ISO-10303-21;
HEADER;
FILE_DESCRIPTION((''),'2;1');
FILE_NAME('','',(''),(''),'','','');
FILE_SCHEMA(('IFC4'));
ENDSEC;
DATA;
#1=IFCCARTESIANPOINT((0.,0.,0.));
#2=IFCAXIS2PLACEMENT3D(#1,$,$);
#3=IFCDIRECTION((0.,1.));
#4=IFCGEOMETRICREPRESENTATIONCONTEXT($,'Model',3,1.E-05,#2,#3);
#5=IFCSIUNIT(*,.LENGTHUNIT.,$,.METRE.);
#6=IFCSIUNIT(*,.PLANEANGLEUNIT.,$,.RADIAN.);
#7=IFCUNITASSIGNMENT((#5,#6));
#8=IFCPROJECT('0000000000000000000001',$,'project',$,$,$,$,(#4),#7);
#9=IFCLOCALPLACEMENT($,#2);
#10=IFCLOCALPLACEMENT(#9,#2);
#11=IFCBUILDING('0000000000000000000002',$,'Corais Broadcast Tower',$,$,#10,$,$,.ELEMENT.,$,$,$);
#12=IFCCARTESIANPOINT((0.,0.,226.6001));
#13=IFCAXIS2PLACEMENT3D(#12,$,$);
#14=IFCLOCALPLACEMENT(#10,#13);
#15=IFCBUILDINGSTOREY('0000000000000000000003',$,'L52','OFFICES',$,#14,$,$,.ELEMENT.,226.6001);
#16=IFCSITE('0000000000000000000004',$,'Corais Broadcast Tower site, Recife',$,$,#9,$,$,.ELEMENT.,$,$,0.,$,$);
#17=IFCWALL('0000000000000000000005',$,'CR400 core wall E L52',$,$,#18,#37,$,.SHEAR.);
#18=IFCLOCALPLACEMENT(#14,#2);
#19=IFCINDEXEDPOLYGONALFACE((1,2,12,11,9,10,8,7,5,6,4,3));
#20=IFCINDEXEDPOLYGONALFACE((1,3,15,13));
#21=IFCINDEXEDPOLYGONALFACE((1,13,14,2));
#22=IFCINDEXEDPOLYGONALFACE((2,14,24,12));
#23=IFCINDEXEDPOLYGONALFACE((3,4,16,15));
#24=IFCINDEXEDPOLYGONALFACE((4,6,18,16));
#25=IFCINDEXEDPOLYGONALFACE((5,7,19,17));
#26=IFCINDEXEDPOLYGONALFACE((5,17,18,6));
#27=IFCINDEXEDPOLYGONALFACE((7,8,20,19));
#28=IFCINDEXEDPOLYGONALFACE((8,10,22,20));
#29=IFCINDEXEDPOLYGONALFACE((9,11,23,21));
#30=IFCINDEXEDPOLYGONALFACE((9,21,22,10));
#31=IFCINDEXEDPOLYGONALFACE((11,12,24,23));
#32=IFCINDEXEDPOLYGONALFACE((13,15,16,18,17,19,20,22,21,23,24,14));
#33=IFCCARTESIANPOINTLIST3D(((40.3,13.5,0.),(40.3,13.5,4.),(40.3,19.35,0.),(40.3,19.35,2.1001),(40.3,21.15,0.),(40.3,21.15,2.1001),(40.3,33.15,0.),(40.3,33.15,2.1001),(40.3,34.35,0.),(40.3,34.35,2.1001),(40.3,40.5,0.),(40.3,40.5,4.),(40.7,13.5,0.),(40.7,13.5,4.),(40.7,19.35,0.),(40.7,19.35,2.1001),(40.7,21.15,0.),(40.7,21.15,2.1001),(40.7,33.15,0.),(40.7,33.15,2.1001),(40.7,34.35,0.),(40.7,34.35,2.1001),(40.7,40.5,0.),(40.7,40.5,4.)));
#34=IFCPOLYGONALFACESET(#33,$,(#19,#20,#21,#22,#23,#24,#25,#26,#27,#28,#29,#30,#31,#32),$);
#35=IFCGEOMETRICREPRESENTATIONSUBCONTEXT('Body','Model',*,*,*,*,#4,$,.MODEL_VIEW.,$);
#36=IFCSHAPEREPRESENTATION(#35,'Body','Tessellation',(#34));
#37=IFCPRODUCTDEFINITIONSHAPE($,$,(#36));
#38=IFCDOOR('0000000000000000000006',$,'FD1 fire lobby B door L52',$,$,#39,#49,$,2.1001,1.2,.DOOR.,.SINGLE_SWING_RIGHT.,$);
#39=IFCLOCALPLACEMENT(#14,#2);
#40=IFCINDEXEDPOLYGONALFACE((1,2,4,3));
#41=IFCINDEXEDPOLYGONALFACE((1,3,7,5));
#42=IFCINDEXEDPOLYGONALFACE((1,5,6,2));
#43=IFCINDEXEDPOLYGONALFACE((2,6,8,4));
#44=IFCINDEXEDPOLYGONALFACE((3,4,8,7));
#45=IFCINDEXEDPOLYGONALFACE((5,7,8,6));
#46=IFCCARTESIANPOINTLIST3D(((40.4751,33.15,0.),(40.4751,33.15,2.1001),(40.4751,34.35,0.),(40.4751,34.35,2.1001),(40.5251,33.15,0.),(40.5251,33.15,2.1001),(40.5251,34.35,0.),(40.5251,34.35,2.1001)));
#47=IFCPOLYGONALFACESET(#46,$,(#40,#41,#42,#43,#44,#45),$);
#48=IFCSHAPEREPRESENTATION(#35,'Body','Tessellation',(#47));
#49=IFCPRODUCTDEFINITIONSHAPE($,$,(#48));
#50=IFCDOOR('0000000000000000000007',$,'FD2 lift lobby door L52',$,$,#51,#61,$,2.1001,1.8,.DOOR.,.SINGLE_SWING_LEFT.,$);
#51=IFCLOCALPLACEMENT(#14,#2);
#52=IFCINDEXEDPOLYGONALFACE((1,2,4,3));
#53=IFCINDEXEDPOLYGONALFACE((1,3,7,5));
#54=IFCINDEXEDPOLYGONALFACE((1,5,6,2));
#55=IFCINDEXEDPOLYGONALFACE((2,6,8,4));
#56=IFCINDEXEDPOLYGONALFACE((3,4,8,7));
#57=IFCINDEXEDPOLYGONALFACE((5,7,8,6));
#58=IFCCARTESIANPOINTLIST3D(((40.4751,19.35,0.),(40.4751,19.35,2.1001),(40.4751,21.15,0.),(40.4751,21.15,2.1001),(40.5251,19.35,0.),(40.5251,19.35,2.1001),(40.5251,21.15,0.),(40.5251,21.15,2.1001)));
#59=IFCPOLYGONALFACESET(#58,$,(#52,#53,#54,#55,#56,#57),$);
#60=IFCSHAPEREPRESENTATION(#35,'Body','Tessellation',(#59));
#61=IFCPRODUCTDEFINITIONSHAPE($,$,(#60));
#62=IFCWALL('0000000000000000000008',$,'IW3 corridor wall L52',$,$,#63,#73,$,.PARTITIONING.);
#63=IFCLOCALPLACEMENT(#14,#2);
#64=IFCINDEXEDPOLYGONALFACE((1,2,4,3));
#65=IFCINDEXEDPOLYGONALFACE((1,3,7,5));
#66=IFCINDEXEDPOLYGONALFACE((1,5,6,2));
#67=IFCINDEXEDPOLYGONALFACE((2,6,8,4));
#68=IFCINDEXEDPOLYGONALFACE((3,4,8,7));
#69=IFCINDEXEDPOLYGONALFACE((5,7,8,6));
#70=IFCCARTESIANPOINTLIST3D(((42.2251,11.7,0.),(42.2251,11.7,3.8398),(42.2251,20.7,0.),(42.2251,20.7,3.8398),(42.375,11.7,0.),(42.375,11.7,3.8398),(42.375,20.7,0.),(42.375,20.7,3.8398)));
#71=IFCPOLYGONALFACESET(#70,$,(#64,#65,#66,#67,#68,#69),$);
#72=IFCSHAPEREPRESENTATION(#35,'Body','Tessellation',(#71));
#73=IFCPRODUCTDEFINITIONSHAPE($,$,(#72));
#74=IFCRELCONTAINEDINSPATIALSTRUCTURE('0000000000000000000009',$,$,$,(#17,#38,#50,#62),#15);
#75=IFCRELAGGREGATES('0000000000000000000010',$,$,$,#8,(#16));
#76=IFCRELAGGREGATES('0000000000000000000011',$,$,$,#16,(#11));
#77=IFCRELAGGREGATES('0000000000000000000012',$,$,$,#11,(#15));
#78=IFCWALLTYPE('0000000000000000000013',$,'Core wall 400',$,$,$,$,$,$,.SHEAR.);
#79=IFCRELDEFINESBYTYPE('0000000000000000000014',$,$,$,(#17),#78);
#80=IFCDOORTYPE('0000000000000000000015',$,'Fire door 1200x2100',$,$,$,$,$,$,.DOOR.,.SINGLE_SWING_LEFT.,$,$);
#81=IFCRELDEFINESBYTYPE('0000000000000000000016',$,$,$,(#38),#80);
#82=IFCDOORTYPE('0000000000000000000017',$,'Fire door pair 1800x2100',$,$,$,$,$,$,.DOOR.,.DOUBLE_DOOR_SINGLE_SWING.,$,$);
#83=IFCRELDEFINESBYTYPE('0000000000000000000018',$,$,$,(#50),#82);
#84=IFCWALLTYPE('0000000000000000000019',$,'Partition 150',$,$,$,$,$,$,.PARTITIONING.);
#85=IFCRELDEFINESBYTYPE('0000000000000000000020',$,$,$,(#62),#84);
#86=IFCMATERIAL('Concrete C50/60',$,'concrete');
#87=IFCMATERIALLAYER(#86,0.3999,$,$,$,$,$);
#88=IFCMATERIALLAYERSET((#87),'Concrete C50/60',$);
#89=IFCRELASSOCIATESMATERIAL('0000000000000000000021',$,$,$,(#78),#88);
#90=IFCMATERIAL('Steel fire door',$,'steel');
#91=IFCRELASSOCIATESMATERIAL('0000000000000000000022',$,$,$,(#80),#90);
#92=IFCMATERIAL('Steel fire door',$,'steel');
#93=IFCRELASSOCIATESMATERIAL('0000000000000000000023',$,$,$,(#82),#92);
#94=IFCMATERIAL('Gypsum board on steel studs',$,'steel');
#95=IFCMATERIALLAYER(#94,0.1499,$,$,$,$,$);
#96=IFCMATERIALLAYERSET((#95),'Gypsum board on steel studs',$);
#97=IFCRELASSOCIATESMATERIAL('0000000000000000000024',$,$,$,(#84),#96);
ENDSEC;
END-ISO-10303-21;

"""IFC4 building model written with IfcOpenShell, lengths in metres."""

from ifc_helpers import new_model, si_unit, direction, frame, frame_2d, origin, place, context, subcontext, project, spatial, rectangle, extrude, material, layer, layer_set, type_object, element, fill, save


model = new_model("IFC4")

# Units and contexts
model_context = context("Model", 3, precision=1e-05, world=origin(), true_north=direction((0.0, 1.0)))
body_context = subcontext(model_context, "Body", "Model", "MODEL_VIEW")
ifc_project = project(units=[si_unit("LENGTHUNIT", "METRE"), si_unit("PLANEANGLEUNIT", "RADIAN")], contexts=[model_context])

# Site, building, storey
site_placement = place(None, origin())
site = spatial("IfcSite", under=ifc_project, at=site_placement, Name="Corais Broadcast Tower site, Recife", CompositionType="ELEMENT", RefElevation=0.0)
building_placement = place(site_placement, origin())
building = spatial("IfcBuilding", under=site, at=building_placement, Name="Corais Broadcast Tower", CompositionType="ELEMENT")
storey_placement = place(building_placement, frame((0.0, 0.0, 226.6001)))
storey = spatial("IfcBuildingStorey", under=building, at=storey_placement, Name="L52", Description="OFFICES", CompositionType="ELEMENT", Elevation=226.6001)

# Wall, openings, doors
ifc_material_1 = material(Name="Concrete C50/60", Category="concrete")
ifc_layer_1 = layer(ifc_material_1, 0.3999)
ifc_layer_set_1 = layer_set([ifc_layer_1], Name="Concrete C50/60")
wall_type_1 = type_object("IfcWallType", Name="Core wall 400", PredefinedType="SHEAR", material=ifc_layer_set_1)
wall_1_placement = place(storey_placement, frame((40.5, 13.5, 0.0), z_axis=(0.0, 0.0, 1.0), x_axis=(0.0, 1.0, 0.0)))
wall_1 = element("IfcWall", 1, at=wall_1_placement, inside=storey, type_object=wall_type_1, Name="CR400 core wall E L52", PredefinedType="SHEAR", context=body_context, shape_type="SweptSolid", body=[
    extrude(rectangle(XDim=27.0, YDim=0.3999, at=frame_2d((13.5, 0.0))), origin(), (0.0, 0.0, 1.0), 4.0),
])
opening_1_placement = place(wall_1_placement, frame((5.8501, 0.0, 0.0)))
opening_1 = element("IfcOpeningElement", 2, at=opening_1_placement, cuts=wall_1, PredefinedType="OPENING", context=body_context, shape_type="SweptSolid", body=[
    extrude(rectangle(XDim=1.8, YDim=2.1001, at=frame_2d((0.8999, 1.05))), frame((0.0, 0.21, 0.0), z_axis=(0.0, -1.0, 0.0), x_axis=(1.0, 0.0, 0.0)), (0.0, 0.0, 1.0), 0.4199),
])
opening_2_placement = place(wall_1_placement, frame((19.6499, 0.0, 0.0)))
opening_2 = element("IfcOpeningElement", 3, at=opening_2_placement, cuts=wall_1, PredefinedType="OPENING", context=body_context, shape_type="SweptSolid", body=[
    extrude(rectangle(XDim=1.2, YDim=2.1001, at=frame_2d((0.6001, 1.05))), frame((0.0, 0.21, 0.0), z_axis=(0.0, -1.0, 0.0), x_axis=(1.0, 0.0, 0.0)), (0.0, 0.0, 1.0), 0.4199),
])
ifc_material_2 = material(Name="Steel fire door", Category="steel")
door_type_1 = type_object("IfcDoorType", Name="Fire door 1200x2100", OperationType="SINGLE_SWING_LEFT", PredefinedType="DOOR", material=ifc_material_2)
door_1_placement = place(opening_2_placement, origin())
door_1 = element("IfcDoor", 4, at=door_1_placement, inside=storey, type_object=door_type_1, Name="FD1 fire lobby B door L52", OperationType="SINGLE_SWING_RIGHT", OverallHeight=2.1001, OverallWidth=1.2, PredefinedType="DOOR", context=body_context, shape_type="SweptSolid", body=[
    extrude(rectangle(XDim=1.2, YDim=2.1001, at=frame_2d((0.6001, 1.05))), frame((0.0, 0.0249, 0.0), z_axis=(0.0, -1.0, 0.0), x_axis=(1.0, 0.0, 0.0)), (0.0, 0.0, 1.0), 0.05),
])
fill(opening_2, door_1)
ifc_material_3 = material(Name="Steel fire door", Category="steel")
door_type_2 = type_object("IfcDoorType", Name="Fire door pair 1800x2100", OperationType="DOUBLE_DOOR_SINGLE_SWING", PredefinedType="DOOR", material=ifc_material_3)
door_2_placement = place(opening_1_placement, origin())
door_2 = element("IfcDoor", 5, at=door_2_placement, inside=storey, type_object=door_type_2, Name="FD2 lift lobby door L52", OperationType="SINGLE_SWING_LEFT", OverallHeight=2.1001, OverallWidth=1.8, PredefinedType="DOOR", context=body_context, shape_type="SweptSolid", body=[
    extrude(rectangle(XDim=1.8, YDim=2.1001, at=frame_2d((0.8999, 1.05))), frame((0.0, 0.0249, 0.0), z_axis=(0.0, -1.0, 0.0), x_axis=(1.0, 0.0, 0.0)), (0.0, 0.0, 1.0), 0.05),
])
fill(opening_1, door_2)

# Wall
ifc_material_4 = material(Name="Gypsum board on steel studs", Category="steel")
ifc_layer_2 = layer(ifc_material_4, 0.1499)
ifc_layer_set_2 = layer_set([ifc_layer_2], Name="Gypsum board on steel studs")
wall_type_2 = type_object("IfcWallType", Name="Partition 150", PredefinedType="PARTITIONING", material=ifc_layer_set_2)
wall_2_placement = place(storey_placement, frame((42.3, 11.7, 0.0), z_axis=(0.0, 0.0, 1.0), x_axis=(0.0, 1.0, 0.0)))
element("IfcWall", 6, at=wall_2_placement, inside=storey, type_object=wall_type_2, Name="IW3 corridor wall L52", PredefinedType="PARTITIONING", context=body_context, shape_type="SweptSolid", body=[
    extrude(rectangle(XDim=9.0, YDim=0.1499, at=frame_2d((4.5, 0.0))), origin(), (0.0, 0.0, 1.0), 3.8398),
])

save(model, "model.ifc")
